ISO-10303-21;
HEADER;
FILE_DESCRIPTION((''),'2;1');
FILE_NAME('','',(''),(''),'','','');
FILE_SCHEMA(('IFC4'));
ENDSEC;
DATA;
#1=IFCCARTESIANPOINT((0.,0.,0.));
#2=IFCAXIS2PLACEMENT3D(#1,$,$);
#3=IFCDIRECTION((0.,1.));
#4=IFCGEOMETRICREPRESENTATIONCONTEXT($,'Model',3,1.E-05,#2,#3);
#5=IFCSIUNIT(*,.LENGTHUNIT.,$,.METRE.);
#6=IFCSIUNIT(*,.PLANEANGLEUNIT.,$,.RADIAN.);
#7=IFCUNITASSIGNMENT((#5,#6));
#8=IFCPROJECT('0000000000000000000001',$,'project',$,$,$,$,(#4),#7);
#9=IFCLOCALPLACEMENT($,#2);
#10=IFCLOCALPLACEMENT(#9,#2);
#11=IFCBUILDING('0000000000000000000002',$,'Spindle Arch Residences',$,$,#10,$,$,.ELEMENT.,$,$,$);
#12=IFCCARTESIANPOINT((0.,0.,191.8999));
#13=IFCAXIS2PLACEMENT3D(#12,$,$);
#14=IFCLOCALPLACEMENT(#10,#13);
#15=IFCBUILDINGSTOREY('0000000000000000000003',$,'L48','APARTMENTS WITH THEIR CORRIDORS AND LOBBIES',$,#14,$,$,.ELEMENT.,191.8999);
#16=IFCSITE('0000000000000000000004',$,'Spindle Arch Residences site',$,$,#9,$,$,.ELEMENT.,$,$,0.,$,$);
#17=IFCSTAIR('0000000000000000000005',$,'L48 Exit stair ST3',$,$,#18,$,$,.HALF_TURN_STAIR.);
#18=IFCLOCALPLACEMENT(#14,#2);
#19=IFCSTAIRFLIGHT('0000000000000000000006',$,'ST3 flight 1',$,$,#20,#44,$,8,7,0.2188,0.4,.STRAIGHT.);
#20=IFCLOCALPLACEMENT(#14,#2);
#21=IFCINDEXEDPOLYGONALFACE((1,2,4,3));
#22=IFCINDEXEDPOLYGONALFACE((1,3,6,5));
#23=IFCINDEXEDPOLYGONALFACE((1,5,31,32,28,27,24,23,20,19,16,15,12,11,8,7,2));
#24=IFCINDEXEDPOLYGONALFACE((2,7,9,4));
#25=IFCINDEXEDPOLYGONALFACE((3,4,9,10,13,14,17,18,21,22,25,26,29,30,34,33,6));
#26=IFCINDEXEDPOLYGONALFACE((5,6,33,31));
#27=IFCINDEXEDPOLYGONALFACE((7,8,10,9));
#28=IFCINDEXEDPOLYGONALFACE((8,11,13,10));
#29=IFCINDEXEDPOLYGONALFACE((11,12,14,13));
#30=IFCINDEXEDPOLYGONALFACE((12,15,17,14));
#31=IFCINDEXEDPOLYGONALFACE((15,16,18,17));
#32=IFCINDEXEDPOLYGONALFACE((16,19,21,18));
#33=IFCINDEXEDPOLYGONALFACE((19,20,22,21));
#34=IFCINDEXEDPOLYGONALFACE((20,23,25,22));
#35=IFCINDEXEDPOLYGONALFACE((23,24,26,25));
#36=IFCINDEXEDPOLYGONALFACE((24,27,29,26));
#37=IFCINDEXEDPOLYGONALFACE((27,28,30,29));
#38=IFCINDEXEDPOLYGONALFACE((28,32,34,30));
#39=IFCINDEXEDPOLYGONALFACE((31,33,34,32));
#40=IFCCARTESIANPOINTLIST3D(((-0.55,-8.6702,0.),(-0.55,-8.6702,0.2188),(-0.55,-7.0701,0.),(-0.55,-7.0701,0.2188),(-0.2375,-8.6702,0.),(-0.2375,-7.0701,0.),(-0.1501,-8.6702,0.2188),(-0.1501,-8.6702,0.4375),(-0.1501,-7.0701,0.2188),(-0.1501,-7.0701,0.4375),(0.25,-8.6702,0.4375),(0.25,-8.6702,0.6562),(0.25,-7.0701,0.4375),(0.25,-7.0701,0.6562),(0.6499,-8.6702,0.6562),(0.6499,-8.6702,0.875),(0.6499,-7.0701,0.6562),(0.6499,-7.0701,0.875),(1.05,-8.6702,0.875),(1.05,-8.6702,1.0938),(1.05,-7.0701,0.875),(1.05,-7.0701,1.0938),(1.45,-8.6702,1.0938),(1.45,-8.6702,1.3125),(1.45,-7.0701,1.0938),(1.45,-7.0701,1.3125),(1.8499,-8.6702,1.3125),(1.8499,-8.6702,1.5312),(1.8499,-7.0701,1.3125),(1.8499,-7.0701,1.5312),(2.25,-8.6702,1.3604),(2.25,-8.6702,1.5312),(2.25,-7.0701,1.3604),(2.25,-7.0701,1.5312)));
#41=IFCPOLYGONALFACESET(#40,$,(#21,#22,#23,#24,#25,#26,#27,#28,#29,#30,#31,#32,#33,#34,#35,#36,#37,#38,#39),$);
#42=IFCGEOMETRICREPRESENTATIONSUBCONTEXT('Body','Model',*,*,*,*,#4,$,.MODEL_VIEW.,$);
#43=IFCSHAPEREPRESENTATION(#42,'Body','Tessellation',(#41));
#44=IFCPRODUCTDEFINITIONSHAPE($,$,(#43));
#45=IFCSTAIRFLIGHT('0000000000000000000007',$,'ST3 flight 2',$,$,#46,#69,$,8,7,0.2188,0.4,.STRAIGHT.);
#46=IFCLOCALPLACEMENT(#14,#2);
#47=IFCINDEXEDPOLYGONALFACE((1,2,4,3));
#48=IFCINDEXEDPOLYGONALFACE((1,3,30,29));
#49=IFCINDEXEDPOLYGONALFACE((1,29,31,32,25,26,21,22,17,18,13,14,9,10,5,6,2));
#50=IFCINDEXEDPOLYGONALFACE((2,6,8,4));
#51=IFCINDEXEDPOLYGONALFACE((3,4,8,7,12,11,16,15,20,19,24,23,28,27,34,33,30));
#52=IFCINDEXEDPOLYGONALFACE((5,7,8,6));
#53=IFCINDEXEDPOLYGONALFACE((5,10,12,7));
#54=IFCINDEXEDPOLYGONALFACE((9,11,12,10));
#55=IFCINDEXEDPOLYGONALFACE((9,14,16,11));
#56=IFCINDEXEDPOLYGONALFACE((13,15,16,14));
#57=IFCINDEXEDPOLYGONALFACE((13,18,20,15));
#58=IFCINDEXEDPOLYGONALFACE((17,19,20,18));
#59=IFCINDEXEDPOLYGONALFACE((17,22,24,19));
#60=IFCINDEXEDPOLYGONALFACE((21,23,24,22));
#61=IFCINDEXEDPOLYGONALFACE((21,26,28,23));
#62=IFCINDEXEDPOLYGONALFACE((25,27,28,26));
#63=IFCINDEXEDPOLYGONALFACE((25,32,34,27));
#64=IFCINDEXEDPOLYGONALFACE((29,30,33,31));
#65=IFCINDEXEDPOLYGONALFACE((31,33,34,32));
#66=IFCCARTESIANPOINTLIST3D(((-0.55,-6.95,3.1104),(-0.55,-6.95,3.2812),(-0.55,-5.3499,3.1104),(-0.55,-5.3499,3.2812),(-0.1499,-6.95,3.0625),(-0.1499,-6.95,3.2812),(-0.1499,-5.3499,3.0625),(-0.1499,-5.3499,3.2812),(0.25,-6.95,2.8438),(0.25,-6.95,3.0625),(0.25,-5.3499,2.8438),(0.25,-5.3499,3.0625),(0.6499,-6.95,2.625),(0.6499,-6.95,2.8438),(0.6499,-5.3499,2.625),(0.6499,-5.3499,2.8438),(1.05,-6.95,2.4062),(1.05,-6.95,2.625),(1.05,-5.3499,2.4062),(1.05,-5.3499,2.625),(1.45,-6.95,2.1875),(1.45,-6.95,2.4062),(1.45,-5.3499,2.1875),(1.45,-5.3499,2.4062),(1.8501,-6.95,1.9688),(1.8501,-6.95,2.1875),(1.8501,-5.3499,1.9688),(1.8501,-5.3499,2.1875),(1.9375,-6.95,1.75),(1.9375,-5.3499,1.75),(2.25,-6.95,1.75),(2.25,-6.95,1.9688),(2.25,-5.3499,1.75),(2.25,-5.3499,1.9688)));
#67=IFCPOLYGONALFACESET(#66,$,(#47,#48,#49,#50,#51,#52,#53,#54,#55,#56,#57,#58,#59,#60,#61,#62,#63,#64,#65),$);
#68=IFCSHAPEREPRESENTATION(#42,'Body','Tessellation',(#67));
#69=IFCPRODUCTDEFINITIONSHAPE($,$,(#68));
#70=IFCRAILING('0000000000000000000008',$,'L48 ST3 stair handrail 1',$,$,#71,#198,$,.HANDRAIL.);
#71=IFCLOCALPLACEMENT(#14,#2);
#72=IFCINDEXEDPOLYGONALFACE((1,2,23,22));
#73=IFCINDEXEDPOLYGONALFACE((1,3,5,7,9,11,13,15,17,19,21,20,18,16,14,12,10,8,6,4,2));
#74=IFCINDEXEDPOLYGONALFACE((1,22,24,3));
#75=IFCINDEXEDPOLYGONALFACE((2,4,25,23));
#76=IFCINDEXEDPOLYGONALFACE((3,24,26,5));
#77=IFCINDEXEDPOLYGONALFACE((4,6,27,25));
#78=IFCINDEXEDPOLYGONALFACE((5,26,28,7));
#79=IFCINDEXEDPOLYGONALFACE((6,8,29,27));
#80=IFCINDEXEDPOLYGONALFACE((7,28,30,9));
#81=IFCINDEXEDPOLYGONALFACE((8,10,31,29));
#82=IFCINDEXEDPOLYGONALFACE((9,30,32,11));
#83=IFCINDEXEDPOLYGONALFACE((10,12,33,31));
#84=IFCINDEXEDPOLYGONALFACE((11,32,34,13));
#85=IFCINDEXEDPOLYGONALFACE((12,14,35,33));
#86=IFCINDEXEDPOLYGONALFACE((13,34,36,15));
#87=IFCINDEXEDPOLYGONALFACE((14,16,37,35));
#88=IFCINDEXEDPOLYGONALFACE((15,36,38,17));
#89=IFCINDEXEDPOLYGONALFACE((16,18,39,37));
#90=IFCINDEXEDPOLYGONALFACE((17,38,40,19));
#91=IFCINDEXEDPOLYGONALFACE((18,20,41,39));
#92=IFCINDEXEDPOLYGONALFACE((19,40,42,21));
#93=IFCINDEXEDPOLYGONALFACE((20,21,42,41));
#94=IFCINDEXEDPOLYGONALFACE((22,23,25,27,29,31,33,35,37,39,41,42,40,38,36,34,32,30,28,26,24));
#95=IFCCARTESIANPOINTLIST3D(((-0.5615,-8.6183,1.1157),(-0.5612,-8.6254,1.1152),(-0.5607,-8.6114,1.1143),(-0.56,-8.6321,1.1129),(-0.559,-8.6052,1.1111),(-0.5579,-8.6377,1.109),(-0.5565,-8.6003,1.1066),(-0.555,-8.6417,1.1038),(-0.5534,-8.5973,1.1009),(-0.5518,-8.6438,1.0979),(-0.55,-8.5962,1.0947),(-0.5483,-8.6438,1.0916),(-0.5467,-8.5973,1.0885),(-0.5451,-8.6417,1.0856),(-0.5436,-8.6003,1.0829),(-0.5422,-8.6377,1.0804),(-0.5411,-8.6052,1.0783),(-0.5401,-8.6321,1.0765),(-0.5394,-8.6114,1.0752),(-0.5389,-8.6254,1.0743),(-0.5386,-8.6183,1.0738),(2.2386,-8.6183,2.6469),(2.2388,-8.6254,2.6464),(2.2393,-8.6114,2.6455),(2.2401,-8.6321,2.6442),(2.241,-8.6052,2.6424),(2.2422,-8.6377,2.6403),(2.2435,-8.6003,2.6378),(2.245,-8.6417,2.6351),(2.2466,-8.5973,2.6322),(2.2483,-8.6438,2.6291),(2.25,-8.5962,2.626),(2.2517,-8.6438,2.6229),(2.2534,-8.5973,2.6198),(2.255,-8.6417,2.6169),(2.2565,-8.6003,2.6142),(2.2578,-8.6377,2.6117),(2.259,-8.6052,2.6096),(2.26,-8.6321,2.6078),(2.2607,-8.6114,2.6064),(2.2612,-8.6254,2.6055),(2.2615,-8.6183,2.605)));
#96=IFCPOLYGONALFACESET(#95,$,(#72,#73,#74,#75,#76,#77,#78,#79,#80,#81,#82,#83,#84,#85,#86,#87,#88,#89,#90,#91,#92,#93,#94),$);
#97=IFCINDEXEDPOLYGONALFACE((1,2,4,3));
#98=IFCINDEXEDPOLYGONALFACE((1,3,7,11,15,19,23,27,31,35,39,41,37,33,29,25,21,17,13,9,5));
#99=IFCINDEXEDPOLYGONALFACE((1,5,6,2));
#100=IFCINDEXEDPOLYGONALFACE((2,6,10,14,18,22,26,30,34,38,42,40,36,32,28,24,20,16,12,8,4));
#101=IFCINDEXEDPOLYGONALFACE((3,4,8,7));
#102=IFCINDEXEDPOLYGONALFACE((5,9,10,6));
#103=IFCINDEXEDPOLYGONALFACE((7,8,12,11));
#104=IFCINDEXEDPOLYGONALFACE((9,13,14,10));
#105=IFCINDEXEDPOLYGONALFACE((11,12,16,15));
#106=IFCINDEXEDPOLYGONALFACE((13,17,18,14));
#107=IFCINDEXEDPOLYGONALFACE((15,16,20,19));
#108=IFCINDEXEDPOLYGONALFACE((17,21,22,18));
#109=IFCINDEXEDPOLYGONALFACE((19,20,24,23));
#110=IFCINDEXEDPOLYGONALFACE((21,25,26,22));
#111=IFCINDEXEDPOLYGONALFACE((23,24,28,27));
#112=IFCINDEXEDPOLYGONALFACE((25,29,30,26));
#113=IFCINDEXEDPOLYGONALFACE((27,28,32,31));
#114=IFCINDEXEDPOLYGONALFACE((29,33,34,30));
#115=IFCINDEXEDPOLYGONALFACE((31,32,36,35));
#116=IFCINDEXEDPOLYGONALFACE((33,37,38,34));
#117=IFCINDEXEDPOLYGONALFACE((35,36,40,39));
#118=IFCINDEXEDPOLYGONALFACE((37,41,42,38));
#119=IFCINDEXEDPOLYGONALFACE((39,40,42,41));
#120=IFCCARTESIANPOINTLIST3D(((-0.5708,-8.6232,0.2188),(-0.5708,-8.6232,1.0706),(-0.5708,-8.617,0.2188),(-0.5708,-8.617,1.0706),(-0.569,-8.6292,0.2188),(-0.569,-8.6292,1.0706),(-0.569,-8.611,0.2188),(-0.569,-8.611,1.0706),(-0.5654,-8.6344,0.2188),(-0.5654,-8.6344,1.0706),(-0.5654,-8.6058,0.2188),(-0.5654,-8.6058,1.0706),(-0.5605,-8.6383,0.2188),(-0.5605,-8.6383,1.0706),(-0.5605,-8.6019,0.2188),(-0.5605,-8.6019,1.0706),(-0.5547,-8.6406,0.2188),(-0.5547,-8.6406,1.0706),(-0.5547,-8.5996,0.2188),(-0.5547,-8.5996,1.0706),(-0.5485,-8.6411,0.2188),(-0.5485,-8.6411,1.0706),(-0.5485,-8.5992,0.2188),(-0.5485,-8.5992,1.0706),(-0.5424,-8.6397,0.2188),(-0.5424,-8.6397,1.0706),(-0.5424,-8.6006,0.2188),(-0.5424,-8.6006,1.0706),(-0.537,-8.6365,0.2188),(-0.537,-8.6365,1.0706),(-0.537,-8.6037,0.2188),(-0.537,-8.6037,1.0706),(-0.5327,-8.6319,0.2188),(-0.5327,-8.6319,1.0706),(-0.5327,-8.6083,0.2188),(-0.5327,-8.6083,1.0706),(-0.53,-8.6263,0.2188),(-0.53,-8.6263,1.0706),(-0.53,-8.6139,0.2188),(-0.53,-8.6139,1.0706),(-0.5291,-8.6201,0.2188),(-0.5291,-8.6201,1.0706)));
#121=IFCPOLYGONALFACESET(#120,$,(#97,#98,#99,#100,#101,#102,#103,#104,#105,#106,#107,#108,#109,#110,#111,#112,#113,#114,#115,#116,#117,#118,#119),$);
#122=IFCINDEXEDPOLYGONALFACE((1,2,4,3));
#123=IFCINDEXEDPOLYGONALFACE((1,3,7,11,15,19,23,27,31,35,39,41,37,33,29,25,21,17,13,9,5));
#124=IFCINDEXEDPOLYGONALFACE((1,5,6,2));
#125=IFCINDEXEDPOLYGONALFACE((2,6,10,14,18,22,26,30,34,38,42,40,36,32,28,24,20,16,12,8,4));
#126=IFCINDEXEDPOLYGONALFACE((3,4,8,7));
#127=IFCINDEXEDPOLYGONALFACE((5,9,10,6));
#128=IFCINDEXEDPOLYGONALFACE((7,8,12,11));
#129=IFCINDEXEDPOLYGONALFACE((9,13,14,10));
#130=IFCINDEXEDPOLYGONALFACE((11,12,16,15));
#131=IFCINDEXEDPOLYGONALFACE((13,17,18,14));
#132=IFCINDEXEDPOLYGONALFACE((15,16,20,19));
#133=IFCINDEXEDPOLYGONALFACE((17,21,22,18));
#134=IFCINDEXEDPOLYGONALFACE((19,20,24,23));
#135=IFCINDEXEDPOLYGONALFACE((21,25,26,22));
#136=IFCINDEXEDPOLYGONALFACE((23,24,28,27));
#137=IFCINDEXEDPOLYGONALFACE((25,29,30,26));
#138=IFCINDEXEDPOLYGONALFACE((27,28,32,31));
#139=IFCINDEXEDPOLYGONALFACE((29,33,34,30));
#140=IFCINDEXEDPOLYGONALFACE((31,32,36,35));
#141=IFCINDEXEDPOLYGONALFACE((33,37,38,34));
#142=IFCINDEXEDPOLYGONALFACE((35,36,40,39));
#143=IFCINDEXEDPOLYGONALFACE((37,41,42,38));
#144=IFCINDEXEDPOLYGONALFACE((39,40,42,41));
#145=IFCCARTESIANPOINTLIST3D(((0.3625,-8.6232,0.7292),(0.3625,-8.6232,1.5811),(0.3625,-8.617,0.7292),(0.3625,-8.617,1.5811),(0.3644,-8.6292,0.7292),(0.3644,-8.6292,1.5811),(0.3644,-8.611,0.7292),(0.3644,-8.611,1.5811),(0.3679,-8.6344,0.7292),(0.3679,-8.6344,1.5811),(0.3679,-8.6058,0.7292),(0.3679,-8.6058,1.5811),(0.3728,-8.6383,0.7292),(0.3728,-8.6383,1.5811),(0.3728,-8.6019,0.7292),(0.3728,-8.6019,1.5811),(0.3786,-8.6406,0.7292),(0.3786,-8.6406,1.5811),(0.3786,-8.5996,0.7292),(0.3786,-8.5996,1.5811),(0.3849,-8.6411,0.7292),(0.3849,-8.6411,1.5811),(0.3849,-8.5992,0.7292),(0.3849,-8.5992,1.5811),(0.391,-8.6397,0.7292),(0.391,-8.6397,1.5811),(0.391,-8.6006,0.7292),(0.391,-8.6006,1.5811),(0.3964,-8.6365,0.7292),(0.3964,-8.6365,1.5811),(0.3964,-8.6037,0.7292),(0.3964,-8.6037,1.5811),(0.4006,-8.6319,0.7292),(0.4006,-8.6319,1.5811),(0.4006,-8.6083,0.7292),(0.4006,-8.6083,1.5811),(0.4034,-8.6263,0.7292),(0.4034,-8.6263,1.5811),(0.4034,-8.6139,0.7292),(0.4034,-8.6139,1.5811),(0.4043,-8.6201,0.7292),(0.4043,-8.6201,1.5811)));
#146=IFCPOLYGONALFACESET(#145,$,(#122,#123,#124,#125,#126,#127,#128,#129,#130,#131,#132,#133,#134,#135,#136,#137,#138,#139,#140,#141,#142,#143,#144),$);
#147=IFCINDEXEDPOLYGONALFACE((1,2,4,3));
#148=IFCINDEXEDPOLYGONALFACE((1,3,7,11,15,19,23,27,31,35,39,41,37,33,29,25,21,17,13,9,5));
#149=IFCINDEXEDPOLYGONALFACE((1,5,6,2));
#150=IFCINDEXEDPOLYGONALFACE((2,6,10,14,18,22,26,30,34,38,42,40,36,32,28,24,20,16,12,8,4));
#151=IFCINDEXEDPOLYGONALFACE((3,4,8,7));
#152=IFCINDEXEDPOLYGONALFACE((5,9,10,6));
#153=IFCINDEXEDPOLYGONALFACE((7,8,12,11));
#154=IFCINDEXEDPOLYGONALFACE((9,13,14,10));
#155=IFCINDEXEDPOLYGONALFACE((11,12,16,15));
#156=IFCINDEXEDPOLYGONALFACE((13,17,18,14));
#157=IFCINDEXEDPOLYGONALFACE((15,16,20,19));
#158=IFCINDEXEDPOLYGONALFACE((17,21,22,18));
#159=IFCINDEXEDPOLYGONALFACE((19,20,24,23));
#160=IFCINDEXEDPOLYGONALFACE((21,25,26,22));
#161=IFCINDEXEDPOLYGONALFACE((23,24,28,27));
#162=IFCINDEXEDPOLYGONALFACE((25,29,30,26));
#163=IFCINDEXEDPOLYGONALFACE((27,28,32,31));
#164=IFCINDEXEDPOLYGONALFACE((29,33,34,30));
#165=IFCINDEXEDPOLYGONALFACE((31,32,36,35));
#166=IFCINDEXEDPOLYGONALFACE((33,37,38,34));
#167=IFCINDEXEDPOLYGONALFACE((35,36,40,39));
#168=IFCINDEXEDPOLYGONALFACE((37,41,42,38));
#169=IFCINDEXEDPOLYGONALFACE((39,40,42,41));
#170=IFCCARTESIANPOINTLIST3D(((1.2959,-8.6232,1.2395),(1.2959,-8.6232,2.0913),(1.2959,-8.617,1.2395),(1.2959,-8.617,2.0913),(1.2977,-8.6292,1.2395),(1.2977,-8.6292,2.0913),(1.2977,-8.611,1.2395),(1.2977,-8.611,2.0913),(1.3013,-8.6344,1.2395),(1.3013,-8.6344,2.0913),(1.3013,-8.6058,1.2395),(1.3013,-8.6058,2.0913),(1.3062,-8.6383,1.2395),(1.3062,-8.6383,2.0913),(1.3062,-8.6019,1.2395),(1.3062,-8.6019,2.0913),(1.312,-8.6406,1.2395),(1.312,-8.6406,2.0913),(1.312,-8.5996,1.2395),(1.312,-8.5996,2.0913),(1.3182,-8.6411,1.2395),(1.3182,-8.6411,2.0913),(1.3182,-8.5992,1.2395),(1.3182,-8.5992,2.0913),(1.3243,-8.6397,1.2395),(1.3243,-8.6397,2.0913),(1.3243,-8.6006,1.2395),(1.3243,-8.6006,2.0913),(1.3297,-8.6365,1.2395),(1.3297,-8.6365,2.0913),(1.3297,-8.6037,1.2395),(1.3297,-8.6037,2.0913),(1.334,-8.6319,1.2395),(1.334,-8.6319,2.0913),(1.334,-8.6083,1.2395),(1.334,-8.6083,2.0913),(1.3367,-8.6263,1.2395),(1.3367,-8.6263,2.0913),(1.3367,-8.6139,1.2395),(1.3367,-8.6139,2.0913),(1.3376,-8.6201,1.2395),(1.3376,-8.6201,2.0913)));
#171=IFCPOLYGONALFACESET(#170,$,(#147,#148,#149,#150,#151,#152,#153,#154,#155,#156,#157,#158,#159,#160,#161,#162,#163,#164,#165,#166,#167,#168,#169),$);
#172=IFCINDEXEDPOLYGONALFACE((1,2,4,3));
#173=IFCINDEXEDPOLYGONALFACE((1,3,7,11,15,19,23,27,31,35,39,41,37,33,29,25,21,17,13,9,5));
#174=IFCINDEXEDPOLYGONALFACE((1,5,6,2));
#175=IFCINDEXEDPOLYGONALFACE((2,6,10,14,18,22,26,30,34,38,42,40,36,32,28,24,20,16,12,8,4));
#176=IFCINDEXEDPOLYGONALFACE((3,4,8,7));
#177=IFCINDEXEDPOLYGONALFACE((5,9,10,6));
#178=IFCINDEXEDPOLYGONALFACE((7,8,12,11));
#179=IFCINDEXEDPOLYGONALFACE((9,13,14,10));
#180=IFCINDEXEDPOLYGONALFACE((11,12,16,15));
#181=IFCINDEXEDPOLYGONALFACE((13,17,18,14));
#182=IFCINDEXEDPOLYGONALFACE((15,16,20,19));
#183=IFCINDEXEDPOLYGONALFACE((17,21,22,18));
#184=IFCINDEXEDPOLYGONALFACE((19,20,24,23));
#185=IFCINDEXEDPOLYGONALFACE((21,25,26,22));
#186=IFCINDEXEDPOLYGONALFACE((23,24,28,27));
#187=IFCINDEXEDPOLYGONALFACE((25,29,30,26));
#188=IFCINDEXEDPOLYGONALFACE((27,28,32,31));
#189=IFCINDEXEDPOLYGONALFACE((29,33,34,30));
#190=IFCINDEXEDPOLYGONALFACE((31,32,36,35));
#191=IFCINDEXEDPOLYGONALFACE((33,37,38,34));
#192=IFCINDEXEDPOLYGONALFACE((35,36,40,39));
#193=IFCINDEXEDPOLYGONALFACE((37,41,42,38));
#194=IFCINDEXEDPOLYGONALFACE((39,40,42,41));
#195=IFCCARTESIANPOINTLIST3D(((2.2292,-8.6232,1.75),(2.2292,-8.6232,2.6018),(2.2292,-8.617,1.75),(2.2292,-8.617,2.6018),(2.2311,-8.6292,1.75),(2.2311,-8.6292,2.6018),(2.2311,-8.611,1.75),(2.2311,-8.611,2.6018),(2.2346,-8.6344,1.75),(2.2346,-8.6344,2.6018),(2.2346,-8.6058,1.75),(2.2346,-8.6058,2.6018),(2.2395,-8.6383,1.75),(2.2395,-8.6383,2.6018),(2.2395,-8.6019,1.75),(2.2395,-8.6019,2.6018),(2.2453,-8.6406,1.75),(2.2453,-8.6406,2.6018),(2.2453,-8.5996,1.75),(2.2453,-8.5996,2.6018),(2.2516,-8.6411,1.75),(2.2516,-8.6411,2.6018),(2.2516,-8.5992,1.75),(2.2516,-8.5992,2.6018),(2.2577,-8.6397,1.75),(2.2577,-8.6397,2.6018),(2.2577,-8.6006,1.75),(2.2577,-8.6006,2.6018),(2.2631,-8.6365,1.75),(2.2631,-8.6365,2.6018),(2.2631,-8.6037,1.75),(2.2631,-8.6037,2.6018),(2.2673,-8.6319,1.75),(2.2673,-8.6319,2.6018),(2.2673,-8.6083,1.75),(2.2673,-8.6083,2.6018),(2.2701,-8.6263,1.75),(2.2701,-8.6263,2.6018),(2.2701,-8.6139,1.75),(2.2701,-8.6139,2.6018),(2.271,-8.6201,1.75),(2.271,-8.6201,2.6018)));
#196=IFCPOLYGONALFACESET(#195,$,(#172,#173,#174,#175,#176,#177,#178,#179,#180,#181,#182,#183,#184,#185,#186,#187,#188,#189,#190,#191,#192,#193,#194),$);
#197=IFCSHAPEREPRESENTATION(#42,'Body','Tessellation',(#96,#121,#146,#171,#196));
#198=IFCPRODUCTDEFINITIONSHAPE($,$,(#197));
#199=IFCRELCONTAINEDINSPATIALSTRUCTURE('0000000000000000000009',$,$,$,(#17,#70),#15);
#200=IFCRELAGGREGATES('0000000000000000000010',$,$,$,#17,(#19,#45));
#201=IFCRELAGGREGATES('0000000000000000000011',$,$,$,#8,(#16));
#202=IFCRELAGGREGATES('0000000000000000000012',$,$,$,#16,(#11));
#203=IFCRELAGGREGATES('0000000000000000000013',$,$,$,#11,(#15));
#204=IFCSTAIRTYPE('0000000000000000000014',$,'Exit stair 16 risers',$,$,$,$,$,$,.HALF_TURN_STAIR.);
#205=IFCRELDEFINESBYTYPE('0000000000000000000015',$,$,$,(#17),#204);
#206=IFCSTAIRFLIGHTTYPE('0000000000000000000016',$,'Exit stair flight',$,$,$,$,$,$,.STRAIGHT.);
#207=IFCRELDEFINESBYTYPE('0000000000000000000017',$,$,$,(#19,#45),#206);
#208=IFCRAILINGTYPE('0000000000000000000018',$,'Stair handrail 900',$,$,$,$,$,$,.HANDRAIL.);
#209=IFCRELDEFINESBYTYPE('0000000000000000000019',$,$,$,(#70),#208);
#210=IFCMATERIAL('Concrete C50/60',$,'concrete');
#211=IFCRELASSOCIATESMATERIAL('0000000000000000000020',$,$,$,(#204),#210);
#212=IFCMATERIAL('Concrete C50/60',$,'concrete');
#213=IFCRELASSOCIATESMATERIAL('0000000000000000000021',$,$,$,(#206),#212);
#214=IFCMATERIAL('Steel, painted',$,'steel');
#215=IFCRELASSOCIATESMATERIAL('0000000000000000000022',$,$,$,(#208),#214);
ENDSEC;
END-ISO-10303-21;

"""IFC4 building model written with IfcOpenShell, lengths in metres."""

from ifc_helpers import new_model, si_unit, direction, frame, origin, origin_2d, place, context, subcontext, project, spatial, polyline, circle, outline, extrude, material, type_object, element, aggregate, save


model = new_model("IFC4")

# Units and contexts
model_context = context("Model", 3, precision=1e-05, world=origin(), true_north=direction((0.0, 1.0)))
body_context = subcontext(model_context, "Body", "Model", "MODEL_VIEW")
ifc_project = project(units=[si_unit("LENGTHUNIT", "METRE"), si_unit("PLANEANGLEUNIT", "RADIAN")], contexts=[model_context])

# Site, building, storey
site_placement = place(None, origin())
site = spatial("IfcSite", under=ifc_project, at=site_placement, Name="Spindle Arch Residences site", CompositionType="ELEMENT", RefElevation=0.0)
building_placement = place(site_placement, origin())
building = spatial("IfcBuilding", under=site, at=building_placement, Name="Spindle Arch Residences", CompositionType="ELEMENT")
storey_placement = place(building_placement, frame((0.0, 0.0, 191.8999)))
storey = spatial("IfcBuildingStorey", under=building, at=storey_placement, Name="L48", Description="APARTMENTS WITH THEIR CORRIDORS AND LOBBIES", CompositionType="ELEMENT", Elevation=191.8999)

# Stair
ifc_material_1 = material(Name="Concrete C50/60", Category="concrete")
stair_type = type_object("IfcStairType", Name="Exit stair 16 risers", PredefinedType="HALF_TURN_STAIR", material=ifc_material_1)
stair_1_placement = place(storey_placement, origin())
stair_1 = element("IfcStair", 1, at=stair_1_placement, inside=storey, type_object=stair_type, Name="L48 Exit stair ST3", PredefinedType="HALF_TURN_STAIR")

# Stair flights
ifc_material_2 = material(Name="Concrete C50/60", Category="concrete")
stair_flight_type = type_object("IfcStairFlightType", Name="Exit stair flight", PredefinedType="STRAIGHT", material=ifc_material_2)
stair_flight_1_placement = place(storey_placement, frame((-0.55, -7.8701, 0.0), z_axis=(0.0, 0.0, 1.0), x_axis=(1.0, 0.0, 0.0)))
stair_flight_1 = element("IfcStairFlight", 2, at=stair_flight_1_placement, type_object=stair_flight_type, Name="ST3 flight 1", NumberOfRisers=8, NumberOfTreads=7, PredefinedType="STRAIGHT", RiserHeight=0.2188, TreadLength=0.4, context=body_context, shape_type="SweptSolid", body=[
    extrude(outline(polyline([(0.0, 0.0), (0.0, 0.2188), (0.3999, 0.2188), (0.3999, 0.4375), (0.8, 0.4375), (0.8, 0.6562), (1.2, 0.6562), (1.2, 0.875), (1.6001, 0.875), (1.6001, 1.0938), (2.0, 1.0938), (2.0, 1.3125), (2.3999, 1.3125), (2.3999, 1.5312), (2.8, 1.5312), (2.8, 1.75), (2.8, 1.3604), (0.3125, 0.0), (0.0, 0.0)])), frame((0.0, 0.8, 0.0), z_axis=(0.0, -1.0, 0.0), x_axis=(1.0, 0.0, 0.0)), (0.0, 0.0, 1.0), 1.6001),
])
stair_flight_2_placement = place(storey_placement, frame((2.25, -6.1499, 1.75), z_axis=(0.0, 0.0, 1.0), x_axis=(-1.0, 0.0, 0.0)))
stair_flight_2 = element("IfcStairFlight", 3, at=stair_flight_2_placement, type_object=stair_flight_type, Name="ST3 flight 2", NumberOfRisers=8, NumberOfTreads=7, PredefinedType="STRAIGHT", RiserHeight=0.2188, TreadLength=0.4, context=body_context, shape_type="SweptSolid", body=[
    extrude(outline(polyline([(0.0, 0.0), (0.0, 0.2188), (0.3999, 0.2188), (0.3999, 0.4375), (0.8, 0.4375), (0.8, 0.6562), (1.2, 0.6562), (1.2, 0.875), (1.6001, 0.875), (1.6001, 1.0938), (2.0, 1.0938), (2.0, 1.3125), (2.3999, 1.3125), (2.3999, 1.5312), (2.8, 1.5312), (2.8, 1.75), (2.8, 1.3604), (0.3125, 0.0), (0.0, 0.0)])), frame((0.0, 0.8, 0.0), z_axis=(0.0, -1.0, 0.0), x_axis=(1.0, 0.0, 0.0)), (0.0, 0.0, 1.0), 1.6001),
])
aggregate(stair_1, [stair_flight_1, stair_flight_2])

# Railing
ifc_material_3 = material(Name="Steel, painted", Category="steel")
railing_type_1 = type_object("IfcRailingType", Name="Stair handrail 900", PredefinedType="HANDRAIL", material=ifc_material_3)
railing_1_placement = place(storey_placement, frame((-0.55, -8.6201, 0.2188)))
element("IfcRailing", 4, at=railing_1_placement, inside=storey, type_object=railing_type_1, Name="L48 ST3 stair handrail 1", PredefinedType="HANDRAIL", context=body_context, shape_type="SweptSolid", body=[
    extrude(circle(Radius=0.0239, at=origin_2d()), frame((0.0, 0.0, 0.876), z_axis=(0.877375, 0.0, 0.479806), x_axis=(0.0, 1.0, 0.0)), (0.0, 0.0, 1.0), 3.1914),
    extrude(circle(Radius=0.021, at=origin_2d()), origin(), (0.0, 0.0, 1.0), 0.8518),
    extrude(circle(Radius=0.021, at=origin_2d()), frame((0.9333, 0.0, 0.5105)), (0.0, 0.0, 1.0), 0.8518),
    extrude(circle(Radius=0.021, at=origin_2d()), frame((1.8667, 0.0, 1.0208)), (0.0, 0.0, 1.0), 0.8518),
    extrude(circle(Radius=0.021, at=origin_2d()), frame((2.8, 0.0, 1.5312)), (0.0, 0.0, 1.0), 0.8518),
])

save(model, "model.ifc")
